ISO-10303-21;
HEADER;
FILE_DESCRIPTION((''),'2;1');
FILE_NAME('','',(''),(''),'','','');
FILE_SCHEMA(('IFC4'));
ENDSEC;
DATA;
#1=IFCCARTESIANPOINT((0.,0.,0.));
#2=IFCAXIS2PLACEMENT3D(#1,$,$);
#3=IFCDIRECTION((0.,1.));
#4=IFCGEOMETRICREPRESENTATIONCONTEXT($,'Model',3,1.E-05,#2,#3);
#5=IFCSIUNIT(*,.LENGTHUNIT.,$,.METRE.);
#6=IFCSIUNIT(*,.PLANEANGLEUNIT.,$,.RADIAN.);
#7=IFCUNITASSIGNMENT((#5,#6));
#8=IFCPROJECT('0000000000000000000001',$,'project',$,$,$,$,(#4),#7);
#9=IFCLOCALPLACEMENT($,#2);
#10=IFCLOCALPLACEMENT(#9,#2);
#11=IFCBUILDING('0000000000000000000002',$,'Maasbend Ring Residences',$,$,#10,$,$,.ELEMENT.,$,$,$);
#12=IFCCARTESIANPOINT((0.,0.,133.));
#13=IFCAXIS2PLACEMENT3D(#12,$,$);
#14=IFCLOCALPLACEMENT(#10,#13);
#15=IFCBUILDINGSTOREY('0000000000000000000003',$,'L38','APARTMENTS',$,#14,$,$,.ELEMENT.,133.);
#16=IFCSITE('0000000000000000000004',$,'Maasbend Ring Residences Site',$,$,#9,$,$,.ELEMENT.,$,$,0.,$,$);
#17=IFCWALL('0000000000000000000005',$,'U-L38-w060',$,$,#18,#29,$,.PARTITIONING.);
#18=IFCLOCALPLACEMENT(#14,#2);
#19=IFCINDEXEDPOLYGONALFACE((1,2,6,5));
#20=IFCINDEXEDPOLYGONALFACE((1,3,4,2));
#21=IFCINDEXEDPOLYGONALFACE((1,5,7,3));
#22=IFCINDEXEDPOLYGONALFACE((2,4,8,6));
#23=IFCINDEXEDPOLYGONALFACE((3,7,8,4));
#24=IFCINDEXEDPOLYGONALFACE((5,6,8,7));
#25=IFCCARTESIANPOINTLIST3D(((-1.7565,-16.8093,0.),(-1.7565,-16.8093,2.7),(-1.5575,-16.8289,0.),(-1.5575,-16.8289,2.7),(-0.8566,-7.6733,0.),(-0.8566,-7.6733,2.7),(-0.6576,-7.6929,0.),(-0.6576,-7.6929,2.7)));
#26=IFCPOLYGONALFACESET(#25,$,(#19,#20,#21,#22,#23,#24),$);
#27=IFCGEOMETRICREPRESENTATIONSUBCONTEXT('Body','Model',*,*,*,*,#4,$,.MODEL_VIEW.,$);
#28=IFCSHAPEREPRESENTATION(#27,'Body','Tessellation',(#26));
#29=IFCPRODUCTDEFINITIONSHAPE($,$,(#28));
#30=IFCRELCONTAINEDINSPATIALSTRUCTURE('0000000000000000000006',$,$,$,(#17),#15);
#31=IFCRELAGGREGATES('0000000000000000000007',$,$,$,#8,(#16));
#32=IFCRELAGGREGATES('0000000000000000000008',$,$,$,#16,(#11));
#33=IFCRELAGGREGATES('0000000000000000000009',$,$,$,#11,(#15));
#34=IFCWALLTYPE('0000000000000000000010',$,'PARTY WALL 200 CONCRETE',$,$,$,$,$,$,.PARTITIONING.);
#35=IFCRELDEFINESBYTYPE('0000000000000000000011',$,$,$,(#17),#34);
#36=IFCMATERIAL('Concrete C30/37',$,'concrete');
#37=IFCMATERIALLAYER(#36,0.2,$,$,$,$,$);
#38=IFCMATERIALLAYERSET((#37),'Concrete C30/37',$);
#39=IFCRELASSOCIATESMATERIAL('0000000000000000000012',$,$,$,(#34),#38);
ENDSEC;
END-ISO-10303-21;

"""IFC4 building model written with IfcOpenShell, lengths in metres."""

from ifc_helpers import new_model, si_unit, direction, frame, frame_2d, origin, place, context, subcontext, project, spatial, rectangle, extrude, material, layer, layer_set, type_object, element, save


model = new_model("IFC4")

# Units and contexts
model_context = context("Model", 3, precision=1e-05, world=origin(), true_north=direction((0.0, 1.0)))
body_context = subcontext(model_context, "Body", "Model", "MODEL_VIEW")
ifc_project = project(units=[si_unit("LENGTHUNIT", "METRE"), si_unit("PLANEANGLEUNIT", "RADIAN")], contexts=[model_context])

# Site, building, storey
site_placement = place(None, origin())
site = spatial("IfcSite", under=ifc_project, at=site_placement, Name="Maasbend Ring Residences Site", CompositionType="ELEMENT", RefElevation=0.0)
building_placement = place(site_placement, origin())
building = spatial("IfcBuilding", under=site, at=building_placement, Name="Maasbend Ring Residences", CompositionType="ELEMENT")
storey_placement = place(building_placement, frame((0.0, 0.0, 133.0)))
storey = spatial("IfcBuildingStorey", under=building, at=storey_placement, Name="L38", Description="APARTMENTS", CompositionType="ELEMENT", Elevation=133.0)

# Wall
ifc_material_1 = material(Name="Concrete C30/37", Category="concrete")
ifc_layer_1 = layer(ifc_material_1, 0.2)
ifc_layer_set_1 = layer_set([ifc_layer_1], Name="Concrete C30/37")
wall_type_1 = type_object("IfcWallType", Name="PARTY WALL 200 CONCRETE", PredefinedType="PARTITIONING", material=ifc_layer_set_1)
wall_1_placement = place(storey_placement, frame((-1.657, -16.8191, 0.0), z_axis=(0.0, 0.0, 1.0), x_axis=(0.098026, 0.995184, 0.0)))
element("IfcWall", 1, at=wall_1_placement, inside=storey, type_object=wall_type_1, Name="U-L38-w060", PredefinedType="PARTITIONING", context=body_context, shape_type="SweptSolid", body=[
    extrude(rectangle(XDim=9.1802, YDim=0.2, at=frame_2d((4.5901, 0.0))), origin(), (0.0, 0.0, 1.0), 2.7),
])

save(model, "model.ifc")
